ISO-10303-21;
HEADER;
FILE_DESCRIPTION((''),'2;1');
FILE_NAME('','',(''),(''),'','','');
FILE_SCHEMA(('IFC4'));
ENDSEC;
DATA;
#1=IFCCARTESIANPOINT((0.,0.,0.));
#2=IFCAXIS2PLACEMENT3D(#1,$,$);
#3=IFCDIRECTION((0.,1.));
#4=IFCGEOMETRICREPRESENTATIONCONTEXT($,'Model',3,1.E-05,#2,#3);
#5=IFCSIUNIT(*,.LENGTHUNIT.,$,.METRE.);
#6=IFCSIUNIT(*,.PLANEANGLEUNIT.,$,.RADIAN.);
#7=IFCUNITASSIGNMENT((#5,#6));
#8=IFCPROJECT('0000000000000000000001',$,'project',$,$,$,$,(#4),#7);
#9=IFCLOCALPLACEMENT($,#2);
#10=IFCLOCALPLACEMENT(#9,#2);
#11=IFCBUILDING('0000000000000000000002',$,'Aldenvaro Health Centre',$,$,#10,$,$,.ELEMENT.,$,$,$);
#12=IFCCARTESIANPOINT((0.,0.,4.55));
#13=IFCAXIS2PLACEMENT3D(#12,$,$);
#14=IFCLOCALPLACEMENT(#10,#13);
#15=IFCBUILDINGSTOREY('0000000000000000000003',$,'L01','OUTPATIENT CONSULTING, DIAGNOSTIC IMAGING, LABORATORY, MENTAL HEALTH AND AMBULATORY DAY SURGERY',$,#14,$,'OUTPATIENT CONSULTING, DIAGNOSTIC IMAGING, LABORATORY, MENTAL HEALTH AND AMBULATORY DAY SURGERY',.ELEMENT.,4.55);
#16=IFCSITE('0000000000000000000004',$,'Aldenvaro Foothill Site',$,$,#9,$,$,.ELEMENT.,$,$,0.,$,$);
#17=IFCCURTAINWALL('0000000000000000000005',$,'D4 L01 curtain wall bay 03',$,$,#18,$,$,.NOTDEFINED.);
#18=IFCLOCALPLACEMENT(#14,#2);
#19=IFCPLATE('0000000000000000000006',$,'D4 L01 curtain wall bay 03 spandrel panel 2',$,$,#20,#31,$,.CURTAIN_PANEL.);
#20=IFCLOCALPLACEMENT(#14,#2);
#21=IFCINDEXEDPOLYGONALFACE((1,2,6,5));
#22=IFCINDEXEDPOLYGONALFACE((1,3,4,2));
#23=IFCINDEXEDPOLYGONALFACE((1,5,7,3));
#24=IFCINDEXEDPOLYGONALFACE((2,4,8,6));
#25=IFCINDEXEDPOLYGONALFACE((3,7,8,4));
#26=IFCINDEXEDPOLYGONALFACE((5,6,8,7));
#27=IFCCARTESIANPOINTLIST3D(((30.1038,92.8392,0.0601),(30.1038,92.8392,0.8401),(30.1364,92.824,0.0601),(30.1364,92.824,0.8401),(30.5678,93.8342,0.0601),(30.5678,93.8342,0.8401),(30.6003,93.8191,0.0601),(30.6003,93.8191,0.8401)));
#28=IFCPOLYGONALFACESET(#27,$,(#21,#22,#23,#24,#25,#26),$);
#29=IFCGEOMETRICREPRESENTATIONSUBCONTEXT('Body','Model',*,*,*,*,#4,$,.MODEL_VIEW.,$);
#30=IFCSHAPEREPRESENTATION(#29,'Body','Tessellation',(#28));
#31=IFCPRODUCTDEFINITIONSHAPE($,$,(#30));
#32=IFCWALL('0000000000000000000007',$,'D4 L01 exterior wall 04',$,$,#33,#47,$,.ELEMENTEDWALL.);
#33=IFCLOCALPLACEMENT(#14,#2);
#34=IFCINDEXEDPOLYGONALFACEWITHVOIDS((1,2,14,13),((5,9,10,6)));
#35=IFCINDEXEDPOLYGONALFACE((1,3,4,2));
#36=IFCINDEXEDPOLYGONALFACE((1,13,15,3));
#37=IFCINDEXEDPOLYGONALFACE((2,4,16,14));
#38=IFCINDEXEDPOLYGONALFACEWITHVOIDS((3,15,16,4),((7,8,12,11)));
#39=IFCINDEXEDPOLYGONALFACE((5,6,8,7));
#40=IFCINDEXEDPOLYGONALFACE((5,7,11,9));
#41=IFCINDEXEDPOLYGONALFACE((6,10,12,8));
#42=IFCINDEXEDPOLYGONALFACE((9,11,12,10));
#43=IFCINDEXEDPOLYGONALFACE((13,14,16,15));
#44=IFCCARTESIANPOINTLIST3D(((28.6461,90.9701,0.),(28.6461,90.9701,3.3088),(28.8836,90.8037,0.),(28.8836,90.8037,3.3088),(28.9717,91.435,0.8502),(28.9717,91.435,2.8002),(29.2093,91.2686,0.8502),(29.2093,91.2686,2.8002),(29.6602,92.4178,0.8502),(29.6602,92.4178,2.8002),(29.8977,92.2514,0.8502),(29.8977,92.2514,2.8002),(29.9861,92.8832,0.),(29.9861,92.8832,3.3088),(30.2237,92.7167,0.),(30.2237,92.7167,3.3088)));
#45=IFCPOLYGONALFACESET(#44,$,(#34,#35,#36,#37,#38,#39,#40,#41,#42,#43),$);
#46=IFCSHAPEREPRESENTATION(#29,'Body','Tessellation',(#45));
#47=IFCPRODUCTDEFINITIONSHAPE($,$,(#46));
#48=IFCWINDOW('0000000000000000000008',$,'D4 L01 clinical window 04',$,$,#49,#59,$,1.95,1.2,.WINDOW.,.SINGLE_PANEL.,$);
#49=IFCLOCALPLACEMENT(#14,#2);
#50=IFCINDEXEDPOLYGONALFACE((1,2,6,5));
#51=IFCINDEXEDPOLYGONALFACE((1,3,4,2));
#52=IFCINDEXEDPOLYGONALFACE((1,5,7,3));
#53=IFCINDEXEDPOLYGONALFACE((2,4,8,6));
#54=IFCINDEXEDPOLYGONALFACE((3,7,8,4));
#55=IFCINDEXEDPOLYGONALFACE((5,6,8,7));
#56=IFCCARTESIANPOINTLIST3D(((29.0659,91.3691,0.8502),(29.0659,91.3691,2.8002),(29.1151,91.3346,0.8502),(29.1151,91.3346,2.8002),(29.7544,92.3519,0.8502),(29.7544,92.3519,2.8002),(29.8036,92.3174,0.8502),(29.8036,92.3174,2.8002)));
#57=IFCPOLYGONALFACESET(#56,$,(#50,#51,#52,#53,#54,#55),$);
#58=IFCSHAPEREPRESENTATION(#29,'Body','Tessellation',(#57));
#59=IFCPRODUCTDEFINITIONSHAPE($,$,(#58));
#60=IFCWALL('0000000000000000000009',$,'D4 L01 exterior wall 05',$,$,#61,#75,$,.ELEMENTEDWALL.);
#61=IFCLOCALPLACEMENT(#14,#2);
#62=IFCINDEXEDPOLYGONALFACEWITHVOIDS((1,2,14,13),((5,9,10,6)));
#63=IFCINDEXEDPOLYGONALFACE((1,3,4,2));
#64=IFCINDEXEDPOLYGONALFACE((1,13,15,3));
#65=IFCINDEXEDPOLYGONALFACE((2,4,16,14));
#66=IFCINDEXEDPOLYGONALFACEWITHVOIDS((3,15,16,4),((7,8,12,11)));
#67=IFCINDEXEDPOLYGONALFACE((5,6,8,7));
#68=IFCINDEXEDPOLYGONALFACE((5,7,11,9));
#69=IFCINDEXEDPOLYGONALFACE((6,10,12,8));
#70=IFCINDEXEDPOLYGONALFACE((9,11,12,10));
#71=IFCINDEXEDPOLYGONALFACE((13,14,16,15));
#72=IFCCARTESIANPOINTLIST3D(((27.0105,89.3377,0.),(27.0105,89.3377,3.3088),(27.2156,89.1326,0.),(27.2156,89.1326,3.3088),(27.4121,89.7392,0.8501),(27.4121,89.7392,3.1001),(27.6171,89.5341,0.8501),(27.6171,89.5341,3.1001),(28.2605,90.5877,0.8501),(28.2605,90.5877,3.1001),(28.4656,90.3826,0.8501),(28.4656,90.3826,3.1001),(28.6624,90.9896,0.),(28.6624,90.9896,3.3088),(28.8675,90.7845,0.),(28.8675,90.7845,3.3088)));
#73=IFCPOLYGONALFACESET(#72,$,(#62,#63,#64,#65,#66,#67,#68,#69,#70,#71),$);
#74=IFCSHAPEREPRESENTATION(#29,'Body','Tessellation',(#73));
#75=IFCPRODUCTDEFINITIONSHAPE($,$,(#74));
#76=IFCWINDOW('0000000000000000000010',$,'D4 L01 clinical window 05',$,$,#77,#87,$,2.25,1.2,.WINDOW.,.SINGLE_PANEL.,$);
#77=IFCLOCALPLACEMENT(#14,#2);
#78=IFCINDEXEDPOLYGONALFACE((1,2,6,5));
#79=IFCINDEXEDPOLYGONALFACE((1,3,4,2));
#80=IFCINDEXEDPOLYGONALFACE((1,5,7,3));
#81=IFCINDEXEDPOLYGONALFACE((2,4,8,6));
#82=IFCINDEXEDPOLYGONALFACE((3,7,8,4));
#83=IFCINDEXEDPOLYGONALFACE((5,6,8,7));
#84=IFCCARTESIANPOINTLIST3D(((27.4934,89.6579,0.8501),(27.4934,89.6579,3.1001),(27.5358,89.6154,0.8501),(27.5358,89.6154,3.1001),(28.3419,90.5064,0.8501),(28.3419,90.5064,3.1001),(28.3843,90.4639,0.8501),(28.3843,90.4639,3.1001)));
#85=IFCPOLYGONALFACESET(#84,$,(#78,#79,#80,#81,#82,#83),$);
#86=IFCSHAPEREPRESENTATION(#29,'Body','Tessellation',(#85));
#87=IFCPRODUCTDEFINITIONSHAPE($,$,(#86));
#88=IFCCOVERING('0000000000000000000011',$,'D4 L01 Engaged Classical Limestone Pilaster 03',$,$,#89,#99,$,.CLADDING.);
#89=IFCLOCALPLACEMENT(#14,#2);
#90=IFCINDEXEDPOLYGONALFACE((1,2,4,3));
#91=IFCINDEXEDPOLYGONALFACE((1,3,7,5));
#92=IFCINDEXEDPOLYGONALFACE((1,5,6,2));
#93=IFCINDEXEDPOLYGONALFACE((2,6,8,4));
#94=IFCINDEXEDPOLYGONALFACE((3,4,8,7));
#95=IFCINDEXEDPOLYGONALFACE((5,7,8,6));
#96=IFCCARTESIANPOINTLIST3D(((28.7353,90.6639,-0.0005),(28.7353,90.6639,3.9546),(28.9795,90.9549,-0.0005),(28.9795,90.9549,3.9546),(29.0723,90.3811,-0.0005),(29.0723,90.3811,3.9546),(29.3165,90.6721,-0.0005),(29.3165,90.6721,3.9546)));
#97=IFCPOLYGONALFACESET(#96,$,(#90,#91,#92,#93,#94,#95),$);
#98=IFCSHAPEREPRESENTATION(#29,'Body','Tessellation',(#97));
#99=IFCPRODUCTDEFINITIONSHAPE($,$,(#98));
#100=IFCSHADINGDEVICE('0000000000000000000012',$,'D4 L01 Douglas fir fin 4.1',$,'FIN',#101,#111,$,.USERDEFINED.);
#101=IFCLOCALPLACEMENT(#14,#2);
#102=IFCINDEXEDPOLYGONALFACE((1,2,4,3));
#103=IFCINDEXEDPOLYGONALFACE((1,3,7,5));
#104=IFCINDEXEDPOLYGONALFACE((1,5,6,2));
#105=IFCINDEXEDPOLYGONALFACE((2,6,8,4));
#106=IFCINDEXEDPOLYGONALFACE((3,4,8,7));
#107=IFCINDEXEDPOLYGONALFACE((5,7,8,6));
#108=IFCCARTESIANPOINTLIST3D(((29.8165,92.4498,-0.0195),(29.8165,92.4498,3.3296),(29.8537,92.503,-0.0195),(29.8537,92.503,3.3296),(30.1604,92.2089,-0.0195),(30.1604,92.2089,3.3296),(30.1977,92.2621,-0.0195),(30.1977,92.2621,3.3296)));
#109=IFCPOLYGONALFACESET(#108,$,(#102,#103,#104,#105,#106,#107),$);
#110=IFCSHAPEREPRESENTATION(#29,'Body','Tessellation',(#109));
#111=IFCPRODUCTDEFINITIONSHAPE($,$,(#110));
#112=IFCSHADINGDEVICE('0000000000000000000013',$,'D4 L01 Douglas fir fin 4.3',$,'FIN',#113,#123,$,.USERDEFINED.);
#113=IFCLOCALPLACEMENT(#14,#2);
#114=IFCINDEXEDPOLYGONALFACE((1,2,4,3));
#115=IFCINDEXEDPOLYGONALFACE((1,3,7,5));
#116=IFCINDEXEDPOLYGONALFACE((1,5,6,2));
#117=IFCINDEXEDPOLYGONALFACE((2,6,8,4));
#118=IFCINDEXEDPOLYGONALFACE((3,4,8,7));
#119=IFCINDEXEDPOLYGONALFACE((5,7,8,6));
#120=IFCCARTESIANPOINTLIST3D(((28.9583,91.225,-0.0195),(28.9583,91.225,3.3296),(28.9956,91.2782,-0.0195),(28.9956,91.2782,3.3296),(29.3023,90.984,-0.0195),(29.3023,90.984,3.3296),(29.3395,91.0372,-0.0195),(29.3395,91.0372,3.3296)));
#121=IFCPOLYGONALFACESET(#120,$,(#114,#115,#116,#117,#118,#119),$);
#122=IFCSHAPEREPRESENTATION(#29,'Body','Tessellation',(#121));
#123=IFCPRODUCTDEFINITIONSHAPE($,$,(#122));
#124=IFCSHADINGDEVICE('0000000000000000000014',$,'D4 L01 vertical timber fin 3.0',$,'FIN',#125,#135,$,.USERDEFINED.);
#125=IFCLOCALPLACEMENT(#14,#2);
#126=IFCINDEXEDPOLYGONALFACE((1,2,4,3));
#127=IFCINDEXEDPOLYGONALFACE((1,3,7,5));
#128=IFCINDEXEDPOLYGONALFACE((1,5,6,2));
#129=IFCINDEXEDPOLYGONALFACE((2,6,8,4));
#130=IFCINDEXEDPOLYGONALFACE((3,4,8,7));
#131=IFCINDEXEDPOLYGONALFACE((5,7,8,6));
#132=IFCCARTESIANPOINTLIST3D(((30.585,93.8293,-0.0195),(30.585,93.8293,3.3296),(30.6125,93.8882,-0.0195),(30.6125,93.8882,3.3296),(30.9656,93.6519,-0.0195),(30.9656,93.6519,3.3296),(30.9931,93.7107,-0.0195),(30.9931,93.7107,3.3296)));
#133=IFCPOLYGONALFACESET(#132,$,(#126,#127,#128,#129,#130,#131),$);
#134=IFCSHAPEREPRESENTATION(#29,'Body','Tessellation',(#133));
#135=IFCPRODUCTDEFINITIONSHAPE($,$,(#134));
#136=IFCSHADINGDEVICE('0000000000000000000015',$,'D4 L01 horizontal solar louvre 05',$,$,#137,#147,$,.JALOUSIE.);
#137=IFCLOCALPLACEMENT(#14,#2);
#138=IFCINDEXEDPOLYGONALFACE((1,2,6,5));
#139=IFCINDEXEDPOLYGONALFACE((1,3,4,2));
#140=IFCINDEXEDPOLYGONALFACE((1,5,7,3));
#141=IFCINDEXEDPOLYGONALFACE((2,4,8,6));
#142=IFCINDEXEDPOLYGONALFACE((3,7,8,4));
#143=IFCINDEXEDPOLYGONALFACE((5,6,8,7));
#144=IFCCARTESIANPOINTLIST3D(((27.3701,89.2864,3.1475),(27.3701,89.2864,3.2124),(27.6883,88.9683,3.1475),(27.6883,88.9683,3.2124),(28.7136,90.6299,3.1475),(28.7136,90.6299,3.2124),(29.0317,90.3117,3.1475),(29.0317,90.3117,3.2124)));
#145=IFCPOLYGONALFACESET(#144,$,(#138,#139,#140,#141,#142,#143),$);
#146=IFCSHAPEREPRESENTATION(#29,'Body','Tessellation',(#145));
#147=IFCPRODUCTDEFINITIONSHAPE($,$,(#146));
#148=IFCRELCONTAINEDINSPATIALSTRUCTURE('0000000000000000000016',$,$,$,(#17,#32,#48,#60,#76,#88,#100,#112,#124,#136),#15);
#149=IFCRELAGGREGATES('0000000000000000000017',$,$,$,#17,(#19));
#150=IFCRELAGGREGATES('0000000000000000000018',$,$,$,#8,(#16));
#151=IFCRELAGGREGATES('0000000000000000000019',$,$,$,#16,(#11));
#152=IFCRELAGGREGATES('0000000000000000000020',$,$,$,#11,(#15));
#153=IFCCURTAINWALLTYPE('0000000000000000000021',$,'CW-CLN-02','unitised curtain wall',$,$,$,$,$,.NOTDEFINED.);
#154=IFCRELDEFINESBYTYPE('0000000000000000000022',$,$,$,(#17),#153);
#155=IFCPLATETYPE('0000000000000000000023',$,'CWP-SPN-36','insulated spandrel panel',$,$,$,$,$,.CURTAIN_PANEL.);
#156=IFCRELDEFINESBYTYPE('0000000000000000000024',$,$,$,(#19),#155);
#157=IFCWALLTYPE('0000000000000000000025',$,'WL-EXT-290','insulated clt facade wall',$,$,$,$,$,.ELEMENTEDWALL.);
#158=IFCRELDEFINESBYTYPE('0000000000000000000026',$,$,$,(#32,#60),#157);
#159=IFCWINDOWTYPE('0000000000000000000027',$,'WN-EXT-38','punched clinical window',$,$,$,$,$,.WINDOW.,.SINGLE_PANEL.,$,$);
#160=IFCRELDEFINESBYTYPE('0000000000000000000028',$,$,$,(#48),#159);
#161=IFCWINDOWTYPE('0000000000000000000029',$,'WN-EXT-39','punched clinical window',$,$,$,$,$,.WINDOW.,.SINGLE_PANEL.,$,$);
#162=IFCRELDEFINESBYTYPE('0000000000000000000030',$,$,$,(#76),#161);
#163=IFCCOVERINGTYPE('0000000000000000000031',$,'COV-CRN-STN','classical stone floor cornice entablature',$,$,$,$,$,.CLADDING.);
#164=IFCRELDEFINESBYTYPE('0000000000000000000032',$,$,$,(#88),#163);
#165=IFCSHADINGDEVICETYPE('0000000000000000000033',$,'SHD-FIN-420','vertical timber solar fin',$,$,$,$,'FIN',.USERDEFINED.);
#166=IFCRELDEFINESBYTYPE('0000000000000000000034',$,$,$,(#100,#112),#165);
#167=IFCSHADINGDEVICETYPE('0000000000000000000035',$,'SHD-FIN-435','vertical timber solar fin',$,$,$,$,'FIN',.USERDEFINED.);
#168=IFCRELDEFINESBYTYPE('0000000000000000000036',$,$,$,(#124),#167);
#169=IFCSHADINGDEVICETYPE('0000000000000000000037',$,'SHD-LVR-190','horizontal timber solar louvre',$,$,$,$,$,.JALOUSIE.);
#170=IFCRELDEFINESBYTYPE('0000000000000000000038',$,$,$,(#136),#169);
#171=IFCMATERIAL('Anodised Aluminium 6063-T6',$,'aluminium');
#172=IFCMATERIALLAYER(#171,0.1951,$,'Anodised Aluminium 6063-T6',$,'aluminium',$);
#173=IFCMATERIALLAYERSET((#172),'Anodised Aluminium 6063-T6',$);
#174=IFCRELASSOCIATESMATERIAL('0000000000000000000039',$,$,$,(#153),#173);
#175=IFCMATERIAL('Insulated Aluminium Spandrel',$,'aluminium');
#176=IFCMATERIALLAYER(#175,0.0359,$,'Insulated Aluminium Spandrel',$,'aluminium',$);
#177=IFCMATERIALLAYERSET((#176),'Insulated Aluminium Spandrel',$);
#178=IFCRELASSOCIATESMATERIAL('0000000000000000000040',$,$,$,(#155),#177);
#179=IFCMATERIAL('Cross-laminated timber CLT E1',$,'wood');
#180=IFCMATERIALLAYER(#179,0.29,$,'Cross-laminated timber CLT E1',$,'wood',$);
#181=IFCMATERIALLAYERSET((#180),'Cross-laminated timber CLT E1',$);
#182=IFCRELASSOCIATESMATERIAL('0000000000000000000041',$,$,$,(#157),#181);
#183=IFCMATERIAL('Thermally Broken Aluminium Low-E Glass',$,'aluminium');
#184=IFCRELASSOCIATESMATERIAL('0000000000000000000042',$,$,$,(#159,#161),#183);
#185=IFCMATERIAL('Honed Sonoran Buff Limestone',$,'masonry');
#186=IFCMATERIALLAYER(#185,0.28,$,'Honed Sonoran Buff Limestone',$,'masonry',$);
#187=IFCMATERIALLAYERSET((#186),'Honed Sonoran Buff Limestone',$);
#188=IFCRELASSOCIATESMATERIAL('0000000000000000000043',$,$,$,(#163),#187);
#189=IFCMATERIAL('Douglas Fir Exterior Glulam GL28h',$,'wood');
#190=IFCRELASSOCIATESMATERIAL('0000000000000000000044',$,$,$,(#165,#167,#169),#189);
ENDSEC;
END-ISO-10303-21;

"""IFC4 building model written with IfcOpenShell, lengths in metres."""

from ifc_helpers import new_model, si_unit, direction, frame, frame_2d, origin, origin_2d, place, context, subcontext, project, spatial, rectangle, extrude, material, layer, layer_set, type_object, element, fill, aggregate, save


model = new_model("IFC4")

# Units and contexts
model_context = context("Model", 3, precision=1e-05, world=origin(), true_north=direction((0.0, 1.0)))
body_context = subcontext(model_context, "Body", "Model", "MODEL_VIEW")
ifc_project = project(units=[si_unit("LENGTHUNIT", "METRE"), si_unit("PLANEANGLEUNIT", "RADIAN")], contexts=[model_context])

# Site, building, storey
site_placement = place(None, origin())
site = spatial("IfcSite", under=ifc_project, at=site_placement, Name="Aldenvaro Foothill Site", CompositionType="ELEMENT", RefElevation=0.0)
building_placement = place(site_placement, origin())
building = spatial("IfcBuilding", under=site, at=building_placement, Name="Aldenvaro Health Centre", CompositionType="ELEMENT")
storey_placement = place(building_placement, frame((0.0, 0.0, 4.55)))
storey = spatial("IfcBuildingStorey", under=building, at=storey_placement, Name="L01", Description="OUTPATIENT CONSULTING, DIAGNOSTIC IMAGING, LABORATORY, MENTAL HEALTH AND AMBULATORY DAY SURGERY", LongName="OUTPATIENT CONSULTING, DIAGNOSTIC IMAGING, LABORATORY, MENTAL HEALTH AND AMBULATORY DAY SURGERY", CompositionType="ELEMENT", Elevation=4.55)

# Curtain wall
ifc_material_1 = material(Name="Anodised Aluminium 6063-T6", Category="aluminium")
ifc_layer_1 = layer(ifc_material_1, 0.1951, Name="Anodised Aluminium 6063-T6", Category="aluminium")
ifc_layer_set_1 = layer_set([ifc_layer_1], Name="Anodised Aluminium 6063-T6")
curtain_wall_type = type_object("IfcCurtainWallType", Name="CW-CLN-02", Description="unitised curtain wall", PredefinedType="NOTDEFINED", material=ifc_layer_set_1)
curtain_wall_placement = place(storey_placement, origin())
curtain_wall = element("IfcCurtainWall", 1, at=curtain_wall_placement, inside=storey, type_object=curtain_wall_type, Name="D4 L01 curtain wall bay 03", PredefinedType="NOTDEFINED")

# Plate
ifc_material_2 = material(Name="Insulated Aluminium Spandrel", Category="aluminium")
ifc_layer_2 = layer(ifc_material_2, 0.0359, Name="Insulated Aluminium Spandrel", Category="aluminium")
ifc_layer_set_2 = layer_set([ifc_layer_2], Name="Insulated Aluminium Spandrel")
plate_type_1 = type_object("IfcPlateType", Name="CWP-SPN-36", Description="insulated spandrel panel", PredefinedType="CURTAIN_PANEL", material=ifc_layer_set_2)
plate_1_placement = place(storey_placement, frame((30.3521, 93.3291, 0.0601), z_axis=(0.0, 0.0, 1.0), x_axis=(-0.422557, -0.906336, 0.0)))
plate_1 = element("IfcPlate", 2, at=plate_1_placement, type_object=plate_type_1, Name="D4 L01 curtain wall bay 03 spandrel panel 2", PredefinedType="CURTAIN_PANEL", context=body_context, shape_type="SweptSolid", body=[
    extrude(rectangle(XDim=1.0979, YDim=0.0359, at=origin_2d()), origin(), (0.0, 0.0, 1.0), 0.78),
])
aggregate(curtain_wall, [plate_1])

# Walls, openings, windows
ifc_material_3 = material(Name="Cross-laminated timber CLT E1", Category="wood")
ifc_layer_3 = layer(ifc_material_3, 0.29, Name="Cross-laminated timber CLT E1", Category="wood")
ifc_layer_set_3 = layer_set([ifc_layer_3], Name="Cross-laminated timber CLT E1")
wall_type = type_object("IfcWallType", Name="WL-EXT-290", Description="insulated clt facade wall", PredefinedType="ELEMENTEDWALL", material=ifc_layer_set_3)
wall_1_placement = place(storey_placement, frame((30.105, 92.8, 0.0), z_axis=(0.0, 0.0, 1.0), x_axis=(-0.573729, -0.819045, 0.0)))
wall_1 = element("IfcWall", 3, at=wall_1_placement, inside=storey, type_object=wall_type, Name="D4 L01 exterior wall 04", PredefinedType="ELEMENTEDWALL", context=body_context, shape_type="SweptSolid", body=[
    extrude(rectangle(XDim=2.3357, YDim=0.29, at=frame_2d((1.168, 0.0))), origin(), (0.0, 0.0, 1.0), 3.3088),
])
opening_1_placement = place(wall_1_placement, frame((0.5681, 0.0, 0.8501)))
opening_1 = element("IfcOpeningElement", 4, at=opening_1_placement, cuts=wall_1, PredefinedType="OPENING", context=body_context, shape_type="SweptSolid", body=[
    extrude(rectangle(XDim=1.2, YDim=1.95, at=frame_2d((0.6001, 0.9751))), frame((0.0, 0.155, 0.0), z_axis=(0.0, -1.0, 0.0), x_axis=(1.0, 0.0, 0.0)), (0.0, 0.0, 1.0), 0.3101),
])
ifc_material_4 = material(Name="Thermally Broken Aluminium Low-E Glass", Category="aluminium")
window_type_1 = type_object("IfcWindowType", Name="WN-EXT-38", Description="punched clinical window", PartitioningType="SINGLE_PANEL", PredefinedType="WINDOW", material=ifc_material_4)
window_1_placement = place(opening_1_placement, origin())
window_1 = element("IfcWindow", 5, at=window_1_placement, inside=storey, type_object=window_type_1, Name="D4 L01 clinical window 04", OverallHeight=1.95, OverallWidth=1.2, PartitioningType="SINGLE_PANEL", PredefinedType="WINDOW", context=body_context, shape_type="SweptSolid", body=[
    extrude(rectangle(XDim=1.2, YDim=1.95, at=frame_2d((0.6001, 0.9751))), frame((0.0, 0.03, 0.0), z_axis=(0.0, -1.0, 0.0), x_axis=(1.0, 0.0, 0.0)), (0.0, 0.0, 1.0), 0.0601),
])
fill(opening_1, window_1)
wall_2_placement = place(storey_placement, frame((28.7649, 90.887, 0.0), z_axis=(0.0, 0.0, 1.0), x_axis=(-0.707107, -0.707107, 0.0)))
wall_2 = element("IfcWall", 6, at=wall_2_placement, inside=storey, type_object=wall_type, Name="D4 L01 exterior wall 05", PredefinedType="ELEMENTEDWALL", context=body_context, shape_type="SweptSolid", body=[
    extrude(rectangle(XDim=2.3362, YDim=0.29, at=frame_2d((1.168, 0.0))), origin(), (0.0, 0.0, 1.0), 3.3088),
])
opening_2_placement = place(wall_2_placement, frame((0.5681, 0.0, 0.8501)))
opening_2 = element("IfcOpeningElement", 7, at=opening_2_placement, cuts=wall_2, PredefinedType="OPENING", context=body_context, shape_type="SweptSolid", body=[
    extrude(rectangle(XDim=1.2, YDim=2.25, at=frame_2d((0.6001, 1.125))), frame((0.0, 0.155, 0.0), z_axis=(0.0, -1.0, 0.0), x_axis=(1.0, 0.0, 0.0)), (0.0, 0.0, 1.0), 0.3101),
])
window_type_2 = type_object("IfcWindowType", Name="WN-EXT-39", Description="punched clinical window", PartitioningType="SINGLE_PANEL", PredefinedType="WINDOW", material=ifc_material_4)
window_2_placement = place(opening_2_placement, origin())
window_2 = element("IfcWindow", 8, at=window_2_placement, inside=storey, type_object=window_type_2, Name="D4 L01 clinical window 05", OverallHeight=2.25, OverallWidth=1.2, PartitioningType="SINGLE_PANEL", PredefinedType="WINDOW", context=body_context, shape_type="SweptSolid", body=[
    extrude(rectangle(XDim=1.2, YDim=2.25, at=frame_2d((0.6001, 1.125))), frame((0.0, 0.03, 0.0), z_axis=(0.0, -1.0, 0.0), x_axis=(1.0, 0.0, 0.0)), (0.0, 0.0, 1.0), 0.0601),
])
fill(opening_2, window_2)

# Covering
ifc_material_5 = material(Name="Honed Sonoran Buff Limestone", Category="masonry")
ifc_layer_4 = layer(ifc_material_5, 0.28, Name="Honed Sonoran Buff Limestone", Category="masonry")
ifc_layer_set_4 = layer_set([ifc_layer_4], Name="Honed Sonoran Buff Limestone")
covering_type = type_object("IfcCoveringType", Name="COV-CRN-STN", Description="classical stone floor cornice entablature", PredefinedType="CLADDING", material=ifc_layer_set_4)
covering_placement = place(storey_placement, frame((29.0259, 90.668, -0.0005), z_axis=(0.0, 0.0, 1.0), x_axis=(0.766058, -0.642772, 0.0)))
element("IfcCovering", 9, at=covering_placement, inside=storey, type_object=covering_type, Name="D4 L01 Engaged Classical Limestone Pilaster 03", PredefinedType="CLADDING", context=body_context, shape_type="SweptSolid", body=[
    extrude(rectangle(XDim=0.4399, YDim=0.3799, at=origin_2d()), origin(), (0.0, 0.0, 1.0), 3.9551),
])

# Shading devices
ifc_material_6 = material(Name="Douglas Fir Exterior Glulam GL28h", Category="wood")
shading_device_type_1 = type_object("IfcShadingDeviceType", Name="SHD-FIN-420", Description="vertical timber solar fin", ElementType="FIN", PredefinedType="USERDEFINED", material=ifc_material_6)
for number, where, z_axis, x_axis, name in (
    (10, (30.0071, 92.356, -0.0195), (0.0, 0.0, 1.0), (-0.573721, -0.819051, 0.0), "D4 L01 Douglas fir fin 4.1"),
    (11, (29.1489, 91.1311, -0.0195), (0.0, 0.0, 1.0), (-0.573721, -0.819051, 0.0), "D4 L01 Douglas fir fin 4.3"),
):
    element("IfcShadingDevice", number, at=place(storey_placement, frame(where, z_axis=z_axis, x_axis=x_axis)), inside=storey, type_object=shading_device_type_1, Name=name, ObjectType="FIN", PredefinedType="USERDEFINED", context=body_context, shape_type="SweptSolid", body=[
        extrude(rectangle(XDim=0.0649, YDim=0.4199, at=origin_2d()), origin(), (0.0, 0.0, 1.0), 3.3491),
    ])
shading_device_type_2 = type_object("IfcShadingDeviceType", Name="SHD-FIN-435", Description="vertical timber solar fin", ElementType="FIN", PredefinedType="USERDEFINED", material=ifc_material_6)
shading_device_1_placement = place(storey_placement, frame((30.7891, 93.77, -0.0195), z_axis=(0.0, 0.0, 1.0), x_axis=(-0.422557, -0.906336, 0.0)))
element("IfcShadingDevice", 12, at=shading_device_1_placement, inside=storey, type_object=shading_device_type_2, Name="D4 L01 vertical timber fin 3.0", ObjectType="FIN", PredefinedType="USERDEFINED", context=body_context, shape_type="SweptSolid", body=[
    extrude(rectangle(XDim=0.0649, YDim=0.4199, at=origin_2d()), origin(), (0.0, 0.0, 1.0), 3.3491),
])
shading_device_type_3 = type_object("IfcShadingDeviceType", Name="SHD-LVR-190", Description="horizontal timber solar louvre", PredefinedType="JALOUSIE", material=ifc_material_6)
shading_device_2_placement = place(storey_placement, frame((28.2009, 89.7991, 3.1475), z_axis=(0.0, 0.0, 1.0), x_axis=(-0.707107, -0.707107, 0.0)))
element("IfcShadingDevice", 13, at=shading_device_2_placement, inside=storey, type_object=shading_device_type_3, Name="D4 L01 horizontal solar louvre 05", PredefinedType="JALOUSIE", context=body_context, shape_type="SweptSolid", body=[
    extrude(rectangle(XDim=1.8999, YDim=0.45, at=origin_2d()), origin(), (0.0, 0.0, 1.0), 0.0649),
])

save(model, "model.ifc")
